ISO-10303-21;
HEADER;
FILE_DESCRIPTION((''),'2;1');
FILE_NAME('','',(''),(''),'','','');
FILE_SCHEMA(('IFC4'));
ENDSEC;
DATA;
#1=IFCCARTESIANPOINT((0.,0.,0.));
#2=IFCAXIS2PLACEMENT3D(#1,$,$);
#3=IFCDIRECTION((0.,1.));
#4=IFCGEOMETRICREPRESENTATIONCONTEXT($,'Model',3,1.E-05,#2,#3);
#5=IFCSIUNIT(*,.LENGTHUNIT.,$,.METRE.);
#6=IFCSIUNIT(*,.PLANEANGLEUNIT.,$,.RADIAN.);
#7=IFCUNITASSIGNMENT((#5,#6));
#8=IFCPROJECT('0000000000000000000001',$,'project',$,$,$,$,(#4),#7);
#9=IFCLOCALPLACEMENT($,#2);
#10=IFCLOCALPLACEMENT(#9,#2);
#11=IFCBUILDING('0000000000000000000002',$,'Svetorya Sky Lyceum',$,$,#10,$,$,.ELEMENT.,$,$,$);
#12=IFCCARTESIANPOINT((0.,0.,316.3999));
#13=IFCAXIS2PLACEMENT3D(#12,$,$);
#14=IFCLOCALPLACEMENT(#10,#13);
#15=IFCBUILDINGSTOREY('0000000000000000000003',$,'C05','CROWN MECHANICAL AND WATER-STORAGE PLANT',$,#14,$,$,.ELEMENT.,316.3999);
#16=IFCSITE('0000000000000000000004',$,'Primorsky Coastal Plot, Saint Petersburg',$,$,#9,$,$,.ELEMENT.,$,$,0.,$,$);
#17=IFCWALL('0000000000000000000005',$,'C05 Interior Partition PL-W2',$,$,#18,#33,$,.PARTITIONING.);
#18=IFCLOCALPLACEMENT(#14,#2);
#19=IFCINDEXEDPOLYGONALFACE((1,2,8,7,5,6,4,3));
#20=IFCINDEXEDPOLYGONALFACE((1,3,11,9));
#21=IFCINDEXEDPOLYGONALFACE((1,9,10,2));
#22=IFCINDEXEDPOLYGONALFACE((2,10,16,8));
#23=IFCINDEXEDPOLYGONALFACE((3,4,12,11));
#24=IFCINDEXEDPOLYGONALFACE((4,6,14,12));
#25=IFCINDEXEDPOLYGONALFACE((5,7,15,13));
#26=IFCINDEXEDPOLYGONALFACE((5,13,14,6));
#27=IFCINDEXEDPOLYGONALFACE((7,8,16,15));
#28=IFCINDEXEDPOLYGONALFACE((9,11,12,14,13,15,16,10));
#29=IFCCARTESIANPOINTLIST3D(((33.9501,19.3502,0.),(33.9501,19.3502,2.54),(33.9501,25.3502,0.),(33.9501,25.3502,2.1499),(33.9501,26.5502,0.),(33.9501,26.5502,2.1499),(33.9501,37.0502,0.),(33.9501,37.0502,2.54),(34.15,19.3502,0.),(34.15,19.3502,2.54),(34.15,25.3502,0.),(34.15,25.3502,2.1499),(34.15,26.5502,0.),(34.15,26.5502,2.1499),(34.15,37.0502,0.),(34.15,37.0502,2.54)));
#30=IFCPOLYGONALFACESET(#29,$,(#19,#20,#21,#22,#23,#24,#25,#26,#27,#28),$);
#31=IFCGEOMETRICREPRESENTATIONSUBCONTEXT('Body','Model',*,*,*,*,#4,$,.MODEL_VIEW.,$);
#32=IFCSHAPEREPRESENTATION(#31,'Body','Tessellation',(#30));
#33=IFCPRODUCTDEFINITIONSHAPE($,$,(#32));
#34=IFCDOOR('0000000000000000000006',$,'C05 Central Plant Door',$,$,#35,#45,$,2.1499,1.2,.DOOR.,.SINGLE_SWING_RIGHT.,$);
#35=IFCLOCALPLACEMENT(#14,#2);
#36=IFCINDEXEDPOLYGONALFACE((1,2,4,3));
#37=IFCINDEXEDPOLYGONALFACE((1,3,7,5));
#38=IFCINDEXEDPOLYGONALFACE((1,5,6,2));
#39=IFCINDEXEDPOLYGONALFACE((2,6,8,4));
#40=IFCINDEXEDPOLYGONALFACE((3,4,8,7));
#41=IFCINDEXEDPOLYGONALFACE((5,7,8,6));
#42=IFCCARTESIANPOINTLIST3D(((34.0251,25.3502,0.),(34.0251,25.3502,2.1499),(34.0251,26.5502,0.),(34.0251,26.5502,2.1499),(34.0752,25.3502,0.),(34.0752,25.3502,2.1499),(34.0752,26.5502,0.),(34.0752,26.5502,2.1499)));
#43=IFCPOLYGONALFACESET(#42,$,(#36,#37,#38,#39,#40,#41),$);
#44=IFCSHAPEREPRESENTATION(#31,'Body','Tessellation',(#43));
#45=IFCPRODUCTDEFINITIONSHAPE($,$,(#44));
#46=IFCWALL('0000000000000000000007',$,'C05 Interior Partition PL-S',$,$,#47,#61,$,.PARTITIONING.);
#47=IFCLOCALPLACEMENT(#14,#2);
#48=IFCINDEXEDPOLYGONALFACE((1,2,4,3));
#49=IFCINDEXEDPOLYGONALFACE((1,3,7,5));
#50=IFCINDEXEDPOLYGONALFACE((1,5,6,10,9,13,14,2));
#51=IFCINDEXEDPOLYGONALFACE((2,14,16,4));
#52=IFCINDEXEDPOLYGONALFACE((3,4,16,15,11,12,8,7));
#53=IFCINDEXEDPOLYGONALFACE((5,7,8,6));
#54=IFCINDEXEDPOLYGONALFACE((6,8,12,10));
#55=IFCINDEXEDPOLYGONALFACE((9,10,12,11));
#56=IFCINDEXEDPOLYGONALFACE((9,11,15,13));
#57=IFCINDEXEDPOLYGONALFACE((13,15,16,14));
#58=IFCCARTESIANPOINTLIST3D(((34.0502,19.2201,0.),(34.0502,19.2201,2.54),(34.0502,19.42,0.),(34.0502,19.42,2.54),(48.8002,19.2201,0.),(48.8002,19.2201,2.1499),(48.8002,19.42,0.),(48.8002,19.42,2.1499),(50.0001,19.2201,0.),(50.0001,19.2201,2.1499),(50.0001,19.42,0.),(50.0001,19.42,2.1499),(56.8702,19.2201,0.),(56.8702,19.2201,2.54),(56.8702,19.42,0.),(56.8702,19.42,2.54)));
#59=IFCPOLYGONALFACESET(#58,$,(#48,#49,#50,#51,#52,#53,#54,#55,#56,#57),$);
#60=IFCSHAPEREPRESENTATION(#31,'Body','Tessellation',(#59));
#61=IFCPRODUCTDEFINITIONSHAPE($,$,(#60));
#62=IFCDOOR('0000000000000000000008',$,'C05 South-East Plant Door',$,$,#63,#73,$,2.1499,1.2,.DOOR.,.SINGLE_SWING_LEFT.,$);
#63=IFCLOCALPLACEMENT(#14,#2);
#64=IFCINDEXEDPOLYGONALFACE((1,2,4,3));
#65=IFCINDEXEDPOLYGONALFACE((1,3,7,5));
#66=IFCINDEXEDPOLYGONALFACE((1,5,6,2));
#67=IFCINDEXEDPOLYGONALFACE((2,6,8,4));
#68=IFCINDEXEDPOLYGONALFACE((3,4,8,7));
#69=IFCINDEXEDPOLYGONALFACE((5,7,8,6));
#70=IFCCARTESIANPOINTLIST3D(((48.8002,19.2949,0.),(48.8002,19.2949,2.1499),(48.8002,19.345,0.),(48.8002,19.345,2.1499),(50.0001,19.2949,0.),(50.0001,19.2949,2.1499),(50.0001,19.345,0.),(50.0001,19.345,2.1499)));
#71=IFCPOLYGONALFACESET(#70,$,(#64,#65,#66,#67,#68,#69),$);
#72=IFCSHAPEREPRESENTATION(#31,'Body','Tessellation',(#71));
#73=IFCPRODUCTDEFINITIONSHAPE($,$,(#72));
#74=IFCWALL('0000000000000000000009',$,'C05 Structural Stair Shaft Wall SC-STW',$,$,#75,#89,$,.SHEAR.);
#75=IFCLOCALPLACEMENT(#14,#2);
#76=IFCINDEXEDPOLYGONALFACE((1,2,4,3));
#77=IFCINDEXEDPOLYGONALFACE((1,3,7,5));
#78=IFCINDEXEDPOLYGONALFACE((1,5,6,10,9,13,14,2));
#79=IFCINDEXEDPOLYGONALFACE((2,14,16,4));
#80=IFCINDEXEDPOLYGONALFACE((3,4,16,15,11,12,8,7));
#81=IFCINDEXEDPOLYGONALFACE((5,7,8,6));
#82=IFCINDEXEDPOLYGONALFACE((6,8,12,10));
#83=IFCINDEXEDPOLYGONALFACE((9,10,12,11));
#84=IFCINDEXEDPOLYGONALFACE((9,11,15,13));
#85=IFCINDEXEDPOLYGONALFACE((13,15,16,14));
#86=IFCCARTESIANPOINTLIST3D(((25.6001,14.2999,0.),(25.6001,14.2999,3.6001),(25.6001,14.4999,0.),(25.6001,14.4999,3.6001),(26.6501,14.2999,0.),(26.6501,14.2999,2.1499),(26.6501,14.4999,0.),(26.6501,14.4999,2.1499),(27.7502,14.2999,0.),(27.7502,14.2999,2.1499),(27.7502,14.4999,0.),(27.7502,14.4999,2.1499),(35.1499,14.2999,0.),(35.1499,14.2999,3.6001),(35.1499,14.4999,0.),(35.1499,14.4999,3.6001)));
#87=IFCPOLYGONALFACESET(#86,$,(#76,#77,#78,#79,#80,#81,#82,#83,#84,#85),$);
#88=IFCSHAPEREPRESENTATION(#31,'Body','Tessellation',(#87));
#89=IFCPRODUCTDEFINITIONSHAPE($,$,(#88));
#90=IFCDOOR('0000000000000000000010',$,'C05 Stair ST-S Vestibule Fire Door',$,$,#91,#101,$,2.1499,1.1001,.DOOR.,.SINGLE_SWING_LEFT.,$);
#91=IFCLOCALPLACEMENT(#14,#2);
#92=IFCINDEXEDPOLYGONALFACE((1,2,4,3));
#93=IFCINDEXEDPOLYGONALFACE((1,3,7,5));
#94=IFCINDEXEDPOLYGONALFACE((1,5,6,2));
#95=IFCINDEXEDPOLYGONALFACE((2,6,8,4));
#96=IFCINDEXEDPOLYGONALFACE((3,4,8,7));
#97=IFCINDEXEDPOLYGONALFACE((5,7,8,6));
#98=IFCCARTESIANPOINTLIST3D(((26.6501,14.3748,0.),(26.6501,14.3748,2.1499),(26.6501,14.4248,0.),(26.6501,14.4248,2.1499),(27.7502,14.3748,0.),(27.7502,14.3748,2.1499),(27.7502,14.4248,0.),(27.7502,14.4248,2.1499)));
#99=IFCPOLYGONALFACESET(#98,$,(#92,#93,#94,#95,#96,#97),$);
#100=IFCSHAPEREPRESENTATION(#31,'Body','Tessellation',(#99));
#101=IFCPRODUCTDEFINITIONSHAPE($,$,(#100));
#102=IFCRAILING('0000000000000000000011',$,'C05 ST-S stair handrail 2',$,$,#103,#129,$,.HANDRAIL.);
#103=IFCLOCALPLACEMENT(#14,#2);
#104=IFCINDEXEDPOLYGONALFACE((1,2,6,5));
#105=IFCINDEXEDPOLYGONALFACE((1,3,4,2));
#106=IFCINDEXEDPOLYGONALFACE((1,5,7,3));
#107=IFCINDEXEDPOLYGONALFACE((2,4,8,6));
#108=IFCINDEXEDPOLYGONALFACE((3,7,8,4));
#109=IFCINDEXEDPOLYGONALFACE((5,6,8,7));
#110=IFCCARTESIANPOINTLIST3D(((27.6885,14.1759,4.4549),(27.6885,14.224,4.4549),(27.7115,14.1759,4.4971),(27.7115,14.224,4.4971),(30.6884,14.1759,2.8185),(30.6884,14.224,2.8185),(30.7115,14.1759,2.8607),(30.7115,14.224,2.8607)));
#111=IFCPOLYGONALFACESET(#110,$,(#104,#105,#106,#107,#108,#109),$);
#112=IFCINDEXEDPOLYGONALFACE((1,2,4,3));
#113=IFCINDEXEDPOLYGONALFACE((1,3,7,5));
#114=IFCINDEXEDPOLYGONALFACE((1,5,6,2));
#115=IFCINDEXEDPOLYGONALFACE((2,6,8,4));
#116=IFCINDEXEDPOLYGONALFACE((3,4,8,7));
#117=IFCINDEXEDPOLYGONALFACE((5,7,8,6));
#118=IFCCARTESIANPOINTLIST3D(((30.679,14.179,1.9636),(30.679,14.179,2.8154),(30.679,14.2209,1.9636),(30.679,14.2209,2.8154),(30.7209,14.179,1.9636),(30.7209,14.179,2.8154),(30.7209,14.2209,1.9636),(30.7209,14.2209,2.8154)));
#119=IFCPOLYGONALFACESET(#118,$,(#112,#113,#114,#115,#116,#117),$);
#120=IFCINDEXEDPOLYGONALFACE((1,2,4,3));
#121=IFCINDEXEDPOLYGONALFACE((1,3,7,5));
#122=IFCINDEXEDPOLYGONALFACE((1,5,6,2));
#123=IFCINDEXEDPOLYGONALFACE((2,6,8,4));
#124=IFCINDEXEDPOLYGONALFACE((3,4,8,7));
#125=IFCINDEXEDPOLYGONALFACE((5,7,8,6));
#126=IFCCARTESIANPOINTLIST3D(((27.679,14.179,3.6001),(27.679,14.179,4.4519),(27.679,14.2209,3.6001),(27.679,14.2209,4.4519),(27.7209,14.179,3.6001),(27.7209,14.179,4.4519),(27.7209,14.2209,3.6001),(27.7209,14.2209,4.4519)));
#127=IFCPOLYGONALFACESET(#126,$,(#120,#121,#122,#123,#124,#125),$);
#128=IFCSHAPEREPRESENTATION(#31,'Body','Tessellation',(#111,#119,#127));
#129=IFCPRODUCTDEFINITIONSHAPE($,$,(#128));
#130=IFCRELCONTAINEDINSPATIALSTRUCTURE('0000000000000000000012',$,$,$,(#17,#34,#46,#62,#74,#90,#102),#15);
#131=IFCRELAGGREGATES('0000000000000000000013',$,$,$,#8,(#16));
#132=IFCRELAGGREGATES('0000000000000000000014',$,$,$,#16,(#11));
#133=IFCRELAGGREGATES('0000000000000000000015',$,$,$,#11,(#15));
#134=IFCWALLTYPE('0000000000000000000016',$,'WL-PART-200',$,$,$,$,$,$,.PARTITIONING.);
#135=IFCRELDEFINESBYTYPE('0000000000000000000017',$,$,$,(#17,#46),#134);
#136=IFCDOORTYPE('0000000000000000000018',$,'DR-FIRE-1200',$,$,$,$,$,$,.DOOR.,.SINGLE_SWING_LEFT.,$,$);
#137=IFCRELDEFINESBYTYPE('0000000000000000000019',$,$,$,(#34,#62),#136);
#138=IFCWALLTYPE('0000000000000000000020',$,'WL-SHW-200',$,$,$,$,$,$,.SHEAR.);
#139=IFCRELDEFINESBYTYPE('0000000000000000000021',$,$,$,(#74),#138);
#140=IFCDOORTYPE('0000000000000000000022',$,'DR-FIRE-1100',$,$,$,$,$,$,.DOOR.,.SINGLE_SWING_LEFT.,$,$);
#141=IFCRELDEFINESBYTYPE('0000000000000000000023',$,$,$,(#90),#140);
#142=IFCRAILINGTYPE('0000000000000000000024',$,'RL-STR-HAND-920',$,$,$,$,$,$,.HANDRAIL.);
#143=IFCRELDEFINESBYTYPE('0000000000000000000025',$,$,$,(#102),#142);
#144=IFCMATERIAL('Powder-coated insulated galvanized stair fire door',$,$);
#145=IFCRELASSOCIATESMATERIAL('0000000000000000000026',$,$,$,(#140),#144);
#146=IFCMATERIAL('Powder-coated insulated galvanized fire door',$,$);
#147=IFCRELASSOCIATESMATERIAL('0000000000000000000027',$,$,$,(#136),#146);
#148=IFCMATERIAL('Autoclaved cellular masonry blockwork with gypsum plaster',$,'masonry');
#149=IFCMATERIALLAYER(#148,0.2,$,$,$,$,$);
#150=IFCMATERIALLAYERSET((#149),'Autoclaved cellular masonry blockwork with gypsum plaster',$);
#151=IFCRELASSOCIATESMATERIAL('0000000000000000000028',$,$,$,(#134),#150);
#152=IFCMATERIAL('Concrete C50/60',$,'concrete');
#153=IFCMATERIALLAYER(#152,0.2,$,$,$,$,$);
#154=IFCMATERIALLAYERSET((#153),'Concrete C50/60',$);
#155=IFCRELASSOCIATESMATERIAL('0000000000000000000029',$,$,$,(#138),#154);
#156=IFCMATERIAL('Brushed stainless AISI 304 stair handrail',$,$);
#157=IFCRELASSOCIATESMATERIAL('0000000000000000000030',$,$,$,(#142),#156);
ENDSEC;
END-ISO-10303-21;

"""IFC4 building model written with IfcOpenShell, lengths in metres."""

from ifc_helpers import new_model, si_unit, direction, frame, frame_2d, origin, origin_2d, place, context, subcontext, project, spatial, rectangle, extrude, material, layer, layer_set, type_object, element, fill, save


model = new_model("IFC4")

# Units and contexts
model_context = context("Model", 3, precision=1e-05, world=origin(), true_north=direction((0.0, 1.0)))
body_context = subcontext(model_context, "Body", "Model", "MODEL_VIEW")
ifc_project = project(units=[si_unit("LENGTHUNIT", "METRE"), si_unit("PLANEANGLEUNIT", "RADIAN")], contexts=[model_context])

# Site, building, storey
site_placement = place(None, origin())
site = spatial("IfcSite", under=ifc_project, at=site_placement, Name="Primorsky Coastal Plot, Saint Petersburg", CompositionType="ELEMENT", RefElevation=0.0)
building_placement = place(site_placement, origin())
building = spatial("IfcBuilding", under=site, at=building_placement, Name="Svetorya Sky Lyceum", CompositionType="ELEMENT")
storey_placement = place(building_placement, frame((0.0, 0.0, 316.3999)))
storey = spatial("IfcBuildingStorey", under=building, at=storey_placement, Name="C05", Description="CROWN MECHANICAL AND WATER-STORAGE PLANT", CompositionType="ELEMENT", Elevation=316.3999)

# Shared definitions
ifc_material_1 = material(Name="Powder-coated insulated galvanized stair fire door")
door_type_1 = type_object("IfcDoorType", Name="DR-FIRE-1100", OperationType="SINGLE_SWING_LEFT", PredefinedType="DOOR", material=ifc_material_1)
ifc_material_2 = material(Name="Powder-coated insulated galvanized fire door")
door_type_2 = type_object("IfcDoorType", Name="DR-FIRE-1200", OperationType="SINGLE_SWING_LEFT", PredefinedType="DOOR", material=ifc_material_2)

# Walls, openings, doors
ifc_material_3 = material(Name="Autoclaved cellular masonry blockwork with gypsum plaster", Category="masonry")
ifc_layer_1 = layer(ifc_material_3, 0.2)
ifc_layer_set_1 = layer_set([ifc_layer_1], Name="Autoclaved cellular masonry blockwork with gypsum plaster")
wall_type_1 = type_object("IfcWallType", Name="WL-PART-200", PredefinedType="PARTITIONING", material=ifc_layer_set_1)
wall_1_placement = place(storey_placement, frame((34.05, 19.3501, 0.0), z_axis=(0.0, 0.0, 1.0), x_axis=(0.0, 1.0, 0.0)))
wall_1 = element("IfcWall", 1, at=wall_1_placement, inside=storey, type_object=wall_type_1, Name="C05 Interior Partition PL-W2", PredefinedType="PARTITIONING", context=body_context, shape_type="SweptSolid", body=[
    extrude(rectangle(XDim=17.7, YDim=0.2, at=frame_2d((8.8501, 0.0))), origin(), (0.0, 0.0, 1.0), 2.54),
])
opening_1_placement = place(wall_1_placement, frame((6.0, 0.0, 0.0)))
opening_1 = element("IfcOpeningElement", 2, at=opening_1_placement, cuts=wall_1, PredefinedType="OPENING", context=body_context, shape_type="SweptSolid", body=[
    extrude(rectangle(XDim=1.2, YDim=2.1499, at=frame_2d((0.6001, 1.075))), frame((0.0, 0.1099, 0.0), z_axis=(0.0, -1.0, 0.0), x_axis=(1.0, 0.0, 0.0)), (0.0, 0.0, 1.0), 0.22),
])
door_1_placement = place(opening_1_placement, origin())
door_1 = element("IfcDoor", 3, at=door_1_placement, inside=storey, type_object=door_type_2, Name="C05 Central Plant Door", OperationType="SINGLE_SWING_RIGHT", OverallHeight=2.1499, OverallWidth=1.2, PredefinedType="DOOR", context=body_context, shape_type="SweptSolid", body=[
    extrude(rectangle(XDim=1.2, YDim=2.1499, at=frame_2d((0.6001, 1.075))), frame((0.0, 0.0249, 0.0), z_axis=(0.0, -1.0, 0.0), x_axis=(1.0, 0.0, 0.0)), (0.0, 0.0, 1.0), 0.05),
])
fill(opening_1, door_1)
wall_2_placement = place(storey_placement, frame((34.05, 19.3201, 0.0), z_axis=(0.0, 0.0, 1.0), x_axis=(1.0, 0.0, 0.0)))
wall_2 = element("IfcWall", 4, at=wall_2_placement, inside=storey, type_object=wall_type_1, Name="C05 Interior Partition PL-S", PredefinedType="PARTITIONING", context=body_context, shape_type="SweptSolid", body=[
    extrude(rectangle(XDim=22.8201, YDim=0.2, at=frame_2d((11.4102, 0.0))), origin(), (0.0, 0.0, 1.0), 2.54),
])
opening_2_placement = place(wall_2_placement, frame((14.75, 0.0, 0.0)))
opening_2 = element("IfcOpeningElement", 5, at=opening_2_placement, cuts=wall_2, PredefinedType="OPENING", context=body_context, shape_type="SweptSolid", body=[
    extrude(rectangle(XDim=1.2, YDim=2.1499, at=frame_2d((0.6001, 1.075))), frame((0.0, 0.1099, 0.0), z_axis=(0.0, -1.0, 0.0), x_axis=(1.0, 0.0, 0.0)), (0.0, 0.0, 1.0), 0.22),
])
door_2_placement = place(opening_2_placement, origin())
door_2 = element("IfcDoor", 6, at=door_2_placement, inside=storey, type_object=door_type_2, Name="C05 South-East Plant Door", OperationType="SINGLE_SWING_LEFT", OverallHeight=2.1499, OverallWidth=1.2, PredefinedType="DOOR", context=body_context, shape_type="SweptSolid", body=[
    extrude(rectangle(XDim=1.2, YDim=2.1499, at=frame_2d((0.6001, 1.075))), frame((0.0, 0.0249, 0.0), z_axis=(0.0, -1.0, 0.0), x_axis=(1.0, 0.0, 0.0)), (0.0, 0.0, 1.0), 0.05),
])
fill(opening_2, door_2)
ifc_material_4 = material(Name="Concrete C50/60", Category="concrete")
ifc_layer_2 = layer(ifc_material_4, 0.2)
ifc_layer_set_2 = layer_set([ifc_layer_2], Name="Concrete C50/60")
wall_type_2 = type_object("IfcWallType", Name="WL-SHW-200", PredefinedType="SHEAR", material=ifc_layer_set_2)
wall_3_placement = place(storey_placement, frame((25.6001, 14.3999, 0.0), z_axis=(0.0, 0.0, 1.0), x_axis=(1.0, 0.0, 0.0)))
wall_3 = element("IfcWall", 7, at=wall_3_placement, inside=storey, type_object=wall_type_2, Name="C05 Structural Stair Shaft Wall SC-STW", PredefinedType="SHEAR", context=body_context, shape_type="SweptSolid", body=[
    extrude(rectangle(XDim=9.5498, YDim=0.2, at=frame_2d((4.7749, 0.0))), origin(), (0.0, 0.0, 1.0), 3.6001),
])
opening_3_placement = place(wall_3_placement, frame((1.05, 0.0, 0.0)))
opening_3 = element("IfcOpeningElement", 8, at=opening_3_placement, cuts=wall_3, PredefinedType="OPENING", context=body_context, shape_type="SweptSolid", body=[
    extrude(rectangle(XDim=1.1001, YDim=2.1499, at=frame_2d((0.55, 1.075))), frame((0.0, 0.1099, 0.0), z_axis=(0.0, -1.0, 0.0), x_axis=(1.0, 0.0, 0.0)), (0.0, 0.0, 1.0), 0.22),
])
door_3_placement = place(opening_3_placement, origin())
door_3 = element("IfcDoor", 9, at=door_3_placement, inside=storey, type_object=door_type_1, Name="C05 Stair ST-S Vestibule Fire Door", OperationType="SINGLE_SWING_LEFT", OverallHeight=2.1499, OverallWidth=1.1001, PredefinedType="DOOR", context=body_context, shape_type="SweptSolid", body=[
    extrude(rectangle(XDim=1.1001, YDim=2.1499, at=frame_2d((0.55, 1.075))), frame((0.0, 0.0249, 0.0), z_axis=(0.0, -1.0, 0.0), x_axis=(1.0, 0.0, 0.0)), (0.0, 0.0, 1.0), 0.05),
])
fill(opening_3, door_3)

# Railing
ifc_material_5 = material(Name="Brushed stainless AISI 304 stair handrail")
railing_type = type_object("IfcRailingType", Name="RL-STR-HAND-920", PredefinedType="HANDRAIL", material=ifc_material_5)
railing_placement = place(storey_placement, frame((30.7, 14.2, 1.9636)))
element("IfcRailing", 10, at=railing_placement, inside=storey, type_object=railing_type, Name="C05 ST-S stair handrail 2", PredefinedType="HANDRAIL", context=body_context, shape_type="SweptSolid", body=[
    extrude(rectangle(XDim=0.0481, YDim=0.0481, at=origin_2d()), frame((0.0, 0.0, 0.876), z_axis=(-0.877882, 0.0, 0.478877), x_axis=(0.0, -1.0, 0.0)), (0.0, 0.0, 1.0), 3.4172),
    extrude(rectangle(XDim=0.042, YDim=0.042, at=origin_2d()), origin(), (0.0, 0.0, 1.0), 0.8518),
    extrude(rectangle(XDim=0.042, YDim=0.042, at=origin_2d()), frame((-3.0, 0.0, 1.6365)), (0.0, 0.0, 1.0), 0.8518),
])

save(model, "model.ifc")
